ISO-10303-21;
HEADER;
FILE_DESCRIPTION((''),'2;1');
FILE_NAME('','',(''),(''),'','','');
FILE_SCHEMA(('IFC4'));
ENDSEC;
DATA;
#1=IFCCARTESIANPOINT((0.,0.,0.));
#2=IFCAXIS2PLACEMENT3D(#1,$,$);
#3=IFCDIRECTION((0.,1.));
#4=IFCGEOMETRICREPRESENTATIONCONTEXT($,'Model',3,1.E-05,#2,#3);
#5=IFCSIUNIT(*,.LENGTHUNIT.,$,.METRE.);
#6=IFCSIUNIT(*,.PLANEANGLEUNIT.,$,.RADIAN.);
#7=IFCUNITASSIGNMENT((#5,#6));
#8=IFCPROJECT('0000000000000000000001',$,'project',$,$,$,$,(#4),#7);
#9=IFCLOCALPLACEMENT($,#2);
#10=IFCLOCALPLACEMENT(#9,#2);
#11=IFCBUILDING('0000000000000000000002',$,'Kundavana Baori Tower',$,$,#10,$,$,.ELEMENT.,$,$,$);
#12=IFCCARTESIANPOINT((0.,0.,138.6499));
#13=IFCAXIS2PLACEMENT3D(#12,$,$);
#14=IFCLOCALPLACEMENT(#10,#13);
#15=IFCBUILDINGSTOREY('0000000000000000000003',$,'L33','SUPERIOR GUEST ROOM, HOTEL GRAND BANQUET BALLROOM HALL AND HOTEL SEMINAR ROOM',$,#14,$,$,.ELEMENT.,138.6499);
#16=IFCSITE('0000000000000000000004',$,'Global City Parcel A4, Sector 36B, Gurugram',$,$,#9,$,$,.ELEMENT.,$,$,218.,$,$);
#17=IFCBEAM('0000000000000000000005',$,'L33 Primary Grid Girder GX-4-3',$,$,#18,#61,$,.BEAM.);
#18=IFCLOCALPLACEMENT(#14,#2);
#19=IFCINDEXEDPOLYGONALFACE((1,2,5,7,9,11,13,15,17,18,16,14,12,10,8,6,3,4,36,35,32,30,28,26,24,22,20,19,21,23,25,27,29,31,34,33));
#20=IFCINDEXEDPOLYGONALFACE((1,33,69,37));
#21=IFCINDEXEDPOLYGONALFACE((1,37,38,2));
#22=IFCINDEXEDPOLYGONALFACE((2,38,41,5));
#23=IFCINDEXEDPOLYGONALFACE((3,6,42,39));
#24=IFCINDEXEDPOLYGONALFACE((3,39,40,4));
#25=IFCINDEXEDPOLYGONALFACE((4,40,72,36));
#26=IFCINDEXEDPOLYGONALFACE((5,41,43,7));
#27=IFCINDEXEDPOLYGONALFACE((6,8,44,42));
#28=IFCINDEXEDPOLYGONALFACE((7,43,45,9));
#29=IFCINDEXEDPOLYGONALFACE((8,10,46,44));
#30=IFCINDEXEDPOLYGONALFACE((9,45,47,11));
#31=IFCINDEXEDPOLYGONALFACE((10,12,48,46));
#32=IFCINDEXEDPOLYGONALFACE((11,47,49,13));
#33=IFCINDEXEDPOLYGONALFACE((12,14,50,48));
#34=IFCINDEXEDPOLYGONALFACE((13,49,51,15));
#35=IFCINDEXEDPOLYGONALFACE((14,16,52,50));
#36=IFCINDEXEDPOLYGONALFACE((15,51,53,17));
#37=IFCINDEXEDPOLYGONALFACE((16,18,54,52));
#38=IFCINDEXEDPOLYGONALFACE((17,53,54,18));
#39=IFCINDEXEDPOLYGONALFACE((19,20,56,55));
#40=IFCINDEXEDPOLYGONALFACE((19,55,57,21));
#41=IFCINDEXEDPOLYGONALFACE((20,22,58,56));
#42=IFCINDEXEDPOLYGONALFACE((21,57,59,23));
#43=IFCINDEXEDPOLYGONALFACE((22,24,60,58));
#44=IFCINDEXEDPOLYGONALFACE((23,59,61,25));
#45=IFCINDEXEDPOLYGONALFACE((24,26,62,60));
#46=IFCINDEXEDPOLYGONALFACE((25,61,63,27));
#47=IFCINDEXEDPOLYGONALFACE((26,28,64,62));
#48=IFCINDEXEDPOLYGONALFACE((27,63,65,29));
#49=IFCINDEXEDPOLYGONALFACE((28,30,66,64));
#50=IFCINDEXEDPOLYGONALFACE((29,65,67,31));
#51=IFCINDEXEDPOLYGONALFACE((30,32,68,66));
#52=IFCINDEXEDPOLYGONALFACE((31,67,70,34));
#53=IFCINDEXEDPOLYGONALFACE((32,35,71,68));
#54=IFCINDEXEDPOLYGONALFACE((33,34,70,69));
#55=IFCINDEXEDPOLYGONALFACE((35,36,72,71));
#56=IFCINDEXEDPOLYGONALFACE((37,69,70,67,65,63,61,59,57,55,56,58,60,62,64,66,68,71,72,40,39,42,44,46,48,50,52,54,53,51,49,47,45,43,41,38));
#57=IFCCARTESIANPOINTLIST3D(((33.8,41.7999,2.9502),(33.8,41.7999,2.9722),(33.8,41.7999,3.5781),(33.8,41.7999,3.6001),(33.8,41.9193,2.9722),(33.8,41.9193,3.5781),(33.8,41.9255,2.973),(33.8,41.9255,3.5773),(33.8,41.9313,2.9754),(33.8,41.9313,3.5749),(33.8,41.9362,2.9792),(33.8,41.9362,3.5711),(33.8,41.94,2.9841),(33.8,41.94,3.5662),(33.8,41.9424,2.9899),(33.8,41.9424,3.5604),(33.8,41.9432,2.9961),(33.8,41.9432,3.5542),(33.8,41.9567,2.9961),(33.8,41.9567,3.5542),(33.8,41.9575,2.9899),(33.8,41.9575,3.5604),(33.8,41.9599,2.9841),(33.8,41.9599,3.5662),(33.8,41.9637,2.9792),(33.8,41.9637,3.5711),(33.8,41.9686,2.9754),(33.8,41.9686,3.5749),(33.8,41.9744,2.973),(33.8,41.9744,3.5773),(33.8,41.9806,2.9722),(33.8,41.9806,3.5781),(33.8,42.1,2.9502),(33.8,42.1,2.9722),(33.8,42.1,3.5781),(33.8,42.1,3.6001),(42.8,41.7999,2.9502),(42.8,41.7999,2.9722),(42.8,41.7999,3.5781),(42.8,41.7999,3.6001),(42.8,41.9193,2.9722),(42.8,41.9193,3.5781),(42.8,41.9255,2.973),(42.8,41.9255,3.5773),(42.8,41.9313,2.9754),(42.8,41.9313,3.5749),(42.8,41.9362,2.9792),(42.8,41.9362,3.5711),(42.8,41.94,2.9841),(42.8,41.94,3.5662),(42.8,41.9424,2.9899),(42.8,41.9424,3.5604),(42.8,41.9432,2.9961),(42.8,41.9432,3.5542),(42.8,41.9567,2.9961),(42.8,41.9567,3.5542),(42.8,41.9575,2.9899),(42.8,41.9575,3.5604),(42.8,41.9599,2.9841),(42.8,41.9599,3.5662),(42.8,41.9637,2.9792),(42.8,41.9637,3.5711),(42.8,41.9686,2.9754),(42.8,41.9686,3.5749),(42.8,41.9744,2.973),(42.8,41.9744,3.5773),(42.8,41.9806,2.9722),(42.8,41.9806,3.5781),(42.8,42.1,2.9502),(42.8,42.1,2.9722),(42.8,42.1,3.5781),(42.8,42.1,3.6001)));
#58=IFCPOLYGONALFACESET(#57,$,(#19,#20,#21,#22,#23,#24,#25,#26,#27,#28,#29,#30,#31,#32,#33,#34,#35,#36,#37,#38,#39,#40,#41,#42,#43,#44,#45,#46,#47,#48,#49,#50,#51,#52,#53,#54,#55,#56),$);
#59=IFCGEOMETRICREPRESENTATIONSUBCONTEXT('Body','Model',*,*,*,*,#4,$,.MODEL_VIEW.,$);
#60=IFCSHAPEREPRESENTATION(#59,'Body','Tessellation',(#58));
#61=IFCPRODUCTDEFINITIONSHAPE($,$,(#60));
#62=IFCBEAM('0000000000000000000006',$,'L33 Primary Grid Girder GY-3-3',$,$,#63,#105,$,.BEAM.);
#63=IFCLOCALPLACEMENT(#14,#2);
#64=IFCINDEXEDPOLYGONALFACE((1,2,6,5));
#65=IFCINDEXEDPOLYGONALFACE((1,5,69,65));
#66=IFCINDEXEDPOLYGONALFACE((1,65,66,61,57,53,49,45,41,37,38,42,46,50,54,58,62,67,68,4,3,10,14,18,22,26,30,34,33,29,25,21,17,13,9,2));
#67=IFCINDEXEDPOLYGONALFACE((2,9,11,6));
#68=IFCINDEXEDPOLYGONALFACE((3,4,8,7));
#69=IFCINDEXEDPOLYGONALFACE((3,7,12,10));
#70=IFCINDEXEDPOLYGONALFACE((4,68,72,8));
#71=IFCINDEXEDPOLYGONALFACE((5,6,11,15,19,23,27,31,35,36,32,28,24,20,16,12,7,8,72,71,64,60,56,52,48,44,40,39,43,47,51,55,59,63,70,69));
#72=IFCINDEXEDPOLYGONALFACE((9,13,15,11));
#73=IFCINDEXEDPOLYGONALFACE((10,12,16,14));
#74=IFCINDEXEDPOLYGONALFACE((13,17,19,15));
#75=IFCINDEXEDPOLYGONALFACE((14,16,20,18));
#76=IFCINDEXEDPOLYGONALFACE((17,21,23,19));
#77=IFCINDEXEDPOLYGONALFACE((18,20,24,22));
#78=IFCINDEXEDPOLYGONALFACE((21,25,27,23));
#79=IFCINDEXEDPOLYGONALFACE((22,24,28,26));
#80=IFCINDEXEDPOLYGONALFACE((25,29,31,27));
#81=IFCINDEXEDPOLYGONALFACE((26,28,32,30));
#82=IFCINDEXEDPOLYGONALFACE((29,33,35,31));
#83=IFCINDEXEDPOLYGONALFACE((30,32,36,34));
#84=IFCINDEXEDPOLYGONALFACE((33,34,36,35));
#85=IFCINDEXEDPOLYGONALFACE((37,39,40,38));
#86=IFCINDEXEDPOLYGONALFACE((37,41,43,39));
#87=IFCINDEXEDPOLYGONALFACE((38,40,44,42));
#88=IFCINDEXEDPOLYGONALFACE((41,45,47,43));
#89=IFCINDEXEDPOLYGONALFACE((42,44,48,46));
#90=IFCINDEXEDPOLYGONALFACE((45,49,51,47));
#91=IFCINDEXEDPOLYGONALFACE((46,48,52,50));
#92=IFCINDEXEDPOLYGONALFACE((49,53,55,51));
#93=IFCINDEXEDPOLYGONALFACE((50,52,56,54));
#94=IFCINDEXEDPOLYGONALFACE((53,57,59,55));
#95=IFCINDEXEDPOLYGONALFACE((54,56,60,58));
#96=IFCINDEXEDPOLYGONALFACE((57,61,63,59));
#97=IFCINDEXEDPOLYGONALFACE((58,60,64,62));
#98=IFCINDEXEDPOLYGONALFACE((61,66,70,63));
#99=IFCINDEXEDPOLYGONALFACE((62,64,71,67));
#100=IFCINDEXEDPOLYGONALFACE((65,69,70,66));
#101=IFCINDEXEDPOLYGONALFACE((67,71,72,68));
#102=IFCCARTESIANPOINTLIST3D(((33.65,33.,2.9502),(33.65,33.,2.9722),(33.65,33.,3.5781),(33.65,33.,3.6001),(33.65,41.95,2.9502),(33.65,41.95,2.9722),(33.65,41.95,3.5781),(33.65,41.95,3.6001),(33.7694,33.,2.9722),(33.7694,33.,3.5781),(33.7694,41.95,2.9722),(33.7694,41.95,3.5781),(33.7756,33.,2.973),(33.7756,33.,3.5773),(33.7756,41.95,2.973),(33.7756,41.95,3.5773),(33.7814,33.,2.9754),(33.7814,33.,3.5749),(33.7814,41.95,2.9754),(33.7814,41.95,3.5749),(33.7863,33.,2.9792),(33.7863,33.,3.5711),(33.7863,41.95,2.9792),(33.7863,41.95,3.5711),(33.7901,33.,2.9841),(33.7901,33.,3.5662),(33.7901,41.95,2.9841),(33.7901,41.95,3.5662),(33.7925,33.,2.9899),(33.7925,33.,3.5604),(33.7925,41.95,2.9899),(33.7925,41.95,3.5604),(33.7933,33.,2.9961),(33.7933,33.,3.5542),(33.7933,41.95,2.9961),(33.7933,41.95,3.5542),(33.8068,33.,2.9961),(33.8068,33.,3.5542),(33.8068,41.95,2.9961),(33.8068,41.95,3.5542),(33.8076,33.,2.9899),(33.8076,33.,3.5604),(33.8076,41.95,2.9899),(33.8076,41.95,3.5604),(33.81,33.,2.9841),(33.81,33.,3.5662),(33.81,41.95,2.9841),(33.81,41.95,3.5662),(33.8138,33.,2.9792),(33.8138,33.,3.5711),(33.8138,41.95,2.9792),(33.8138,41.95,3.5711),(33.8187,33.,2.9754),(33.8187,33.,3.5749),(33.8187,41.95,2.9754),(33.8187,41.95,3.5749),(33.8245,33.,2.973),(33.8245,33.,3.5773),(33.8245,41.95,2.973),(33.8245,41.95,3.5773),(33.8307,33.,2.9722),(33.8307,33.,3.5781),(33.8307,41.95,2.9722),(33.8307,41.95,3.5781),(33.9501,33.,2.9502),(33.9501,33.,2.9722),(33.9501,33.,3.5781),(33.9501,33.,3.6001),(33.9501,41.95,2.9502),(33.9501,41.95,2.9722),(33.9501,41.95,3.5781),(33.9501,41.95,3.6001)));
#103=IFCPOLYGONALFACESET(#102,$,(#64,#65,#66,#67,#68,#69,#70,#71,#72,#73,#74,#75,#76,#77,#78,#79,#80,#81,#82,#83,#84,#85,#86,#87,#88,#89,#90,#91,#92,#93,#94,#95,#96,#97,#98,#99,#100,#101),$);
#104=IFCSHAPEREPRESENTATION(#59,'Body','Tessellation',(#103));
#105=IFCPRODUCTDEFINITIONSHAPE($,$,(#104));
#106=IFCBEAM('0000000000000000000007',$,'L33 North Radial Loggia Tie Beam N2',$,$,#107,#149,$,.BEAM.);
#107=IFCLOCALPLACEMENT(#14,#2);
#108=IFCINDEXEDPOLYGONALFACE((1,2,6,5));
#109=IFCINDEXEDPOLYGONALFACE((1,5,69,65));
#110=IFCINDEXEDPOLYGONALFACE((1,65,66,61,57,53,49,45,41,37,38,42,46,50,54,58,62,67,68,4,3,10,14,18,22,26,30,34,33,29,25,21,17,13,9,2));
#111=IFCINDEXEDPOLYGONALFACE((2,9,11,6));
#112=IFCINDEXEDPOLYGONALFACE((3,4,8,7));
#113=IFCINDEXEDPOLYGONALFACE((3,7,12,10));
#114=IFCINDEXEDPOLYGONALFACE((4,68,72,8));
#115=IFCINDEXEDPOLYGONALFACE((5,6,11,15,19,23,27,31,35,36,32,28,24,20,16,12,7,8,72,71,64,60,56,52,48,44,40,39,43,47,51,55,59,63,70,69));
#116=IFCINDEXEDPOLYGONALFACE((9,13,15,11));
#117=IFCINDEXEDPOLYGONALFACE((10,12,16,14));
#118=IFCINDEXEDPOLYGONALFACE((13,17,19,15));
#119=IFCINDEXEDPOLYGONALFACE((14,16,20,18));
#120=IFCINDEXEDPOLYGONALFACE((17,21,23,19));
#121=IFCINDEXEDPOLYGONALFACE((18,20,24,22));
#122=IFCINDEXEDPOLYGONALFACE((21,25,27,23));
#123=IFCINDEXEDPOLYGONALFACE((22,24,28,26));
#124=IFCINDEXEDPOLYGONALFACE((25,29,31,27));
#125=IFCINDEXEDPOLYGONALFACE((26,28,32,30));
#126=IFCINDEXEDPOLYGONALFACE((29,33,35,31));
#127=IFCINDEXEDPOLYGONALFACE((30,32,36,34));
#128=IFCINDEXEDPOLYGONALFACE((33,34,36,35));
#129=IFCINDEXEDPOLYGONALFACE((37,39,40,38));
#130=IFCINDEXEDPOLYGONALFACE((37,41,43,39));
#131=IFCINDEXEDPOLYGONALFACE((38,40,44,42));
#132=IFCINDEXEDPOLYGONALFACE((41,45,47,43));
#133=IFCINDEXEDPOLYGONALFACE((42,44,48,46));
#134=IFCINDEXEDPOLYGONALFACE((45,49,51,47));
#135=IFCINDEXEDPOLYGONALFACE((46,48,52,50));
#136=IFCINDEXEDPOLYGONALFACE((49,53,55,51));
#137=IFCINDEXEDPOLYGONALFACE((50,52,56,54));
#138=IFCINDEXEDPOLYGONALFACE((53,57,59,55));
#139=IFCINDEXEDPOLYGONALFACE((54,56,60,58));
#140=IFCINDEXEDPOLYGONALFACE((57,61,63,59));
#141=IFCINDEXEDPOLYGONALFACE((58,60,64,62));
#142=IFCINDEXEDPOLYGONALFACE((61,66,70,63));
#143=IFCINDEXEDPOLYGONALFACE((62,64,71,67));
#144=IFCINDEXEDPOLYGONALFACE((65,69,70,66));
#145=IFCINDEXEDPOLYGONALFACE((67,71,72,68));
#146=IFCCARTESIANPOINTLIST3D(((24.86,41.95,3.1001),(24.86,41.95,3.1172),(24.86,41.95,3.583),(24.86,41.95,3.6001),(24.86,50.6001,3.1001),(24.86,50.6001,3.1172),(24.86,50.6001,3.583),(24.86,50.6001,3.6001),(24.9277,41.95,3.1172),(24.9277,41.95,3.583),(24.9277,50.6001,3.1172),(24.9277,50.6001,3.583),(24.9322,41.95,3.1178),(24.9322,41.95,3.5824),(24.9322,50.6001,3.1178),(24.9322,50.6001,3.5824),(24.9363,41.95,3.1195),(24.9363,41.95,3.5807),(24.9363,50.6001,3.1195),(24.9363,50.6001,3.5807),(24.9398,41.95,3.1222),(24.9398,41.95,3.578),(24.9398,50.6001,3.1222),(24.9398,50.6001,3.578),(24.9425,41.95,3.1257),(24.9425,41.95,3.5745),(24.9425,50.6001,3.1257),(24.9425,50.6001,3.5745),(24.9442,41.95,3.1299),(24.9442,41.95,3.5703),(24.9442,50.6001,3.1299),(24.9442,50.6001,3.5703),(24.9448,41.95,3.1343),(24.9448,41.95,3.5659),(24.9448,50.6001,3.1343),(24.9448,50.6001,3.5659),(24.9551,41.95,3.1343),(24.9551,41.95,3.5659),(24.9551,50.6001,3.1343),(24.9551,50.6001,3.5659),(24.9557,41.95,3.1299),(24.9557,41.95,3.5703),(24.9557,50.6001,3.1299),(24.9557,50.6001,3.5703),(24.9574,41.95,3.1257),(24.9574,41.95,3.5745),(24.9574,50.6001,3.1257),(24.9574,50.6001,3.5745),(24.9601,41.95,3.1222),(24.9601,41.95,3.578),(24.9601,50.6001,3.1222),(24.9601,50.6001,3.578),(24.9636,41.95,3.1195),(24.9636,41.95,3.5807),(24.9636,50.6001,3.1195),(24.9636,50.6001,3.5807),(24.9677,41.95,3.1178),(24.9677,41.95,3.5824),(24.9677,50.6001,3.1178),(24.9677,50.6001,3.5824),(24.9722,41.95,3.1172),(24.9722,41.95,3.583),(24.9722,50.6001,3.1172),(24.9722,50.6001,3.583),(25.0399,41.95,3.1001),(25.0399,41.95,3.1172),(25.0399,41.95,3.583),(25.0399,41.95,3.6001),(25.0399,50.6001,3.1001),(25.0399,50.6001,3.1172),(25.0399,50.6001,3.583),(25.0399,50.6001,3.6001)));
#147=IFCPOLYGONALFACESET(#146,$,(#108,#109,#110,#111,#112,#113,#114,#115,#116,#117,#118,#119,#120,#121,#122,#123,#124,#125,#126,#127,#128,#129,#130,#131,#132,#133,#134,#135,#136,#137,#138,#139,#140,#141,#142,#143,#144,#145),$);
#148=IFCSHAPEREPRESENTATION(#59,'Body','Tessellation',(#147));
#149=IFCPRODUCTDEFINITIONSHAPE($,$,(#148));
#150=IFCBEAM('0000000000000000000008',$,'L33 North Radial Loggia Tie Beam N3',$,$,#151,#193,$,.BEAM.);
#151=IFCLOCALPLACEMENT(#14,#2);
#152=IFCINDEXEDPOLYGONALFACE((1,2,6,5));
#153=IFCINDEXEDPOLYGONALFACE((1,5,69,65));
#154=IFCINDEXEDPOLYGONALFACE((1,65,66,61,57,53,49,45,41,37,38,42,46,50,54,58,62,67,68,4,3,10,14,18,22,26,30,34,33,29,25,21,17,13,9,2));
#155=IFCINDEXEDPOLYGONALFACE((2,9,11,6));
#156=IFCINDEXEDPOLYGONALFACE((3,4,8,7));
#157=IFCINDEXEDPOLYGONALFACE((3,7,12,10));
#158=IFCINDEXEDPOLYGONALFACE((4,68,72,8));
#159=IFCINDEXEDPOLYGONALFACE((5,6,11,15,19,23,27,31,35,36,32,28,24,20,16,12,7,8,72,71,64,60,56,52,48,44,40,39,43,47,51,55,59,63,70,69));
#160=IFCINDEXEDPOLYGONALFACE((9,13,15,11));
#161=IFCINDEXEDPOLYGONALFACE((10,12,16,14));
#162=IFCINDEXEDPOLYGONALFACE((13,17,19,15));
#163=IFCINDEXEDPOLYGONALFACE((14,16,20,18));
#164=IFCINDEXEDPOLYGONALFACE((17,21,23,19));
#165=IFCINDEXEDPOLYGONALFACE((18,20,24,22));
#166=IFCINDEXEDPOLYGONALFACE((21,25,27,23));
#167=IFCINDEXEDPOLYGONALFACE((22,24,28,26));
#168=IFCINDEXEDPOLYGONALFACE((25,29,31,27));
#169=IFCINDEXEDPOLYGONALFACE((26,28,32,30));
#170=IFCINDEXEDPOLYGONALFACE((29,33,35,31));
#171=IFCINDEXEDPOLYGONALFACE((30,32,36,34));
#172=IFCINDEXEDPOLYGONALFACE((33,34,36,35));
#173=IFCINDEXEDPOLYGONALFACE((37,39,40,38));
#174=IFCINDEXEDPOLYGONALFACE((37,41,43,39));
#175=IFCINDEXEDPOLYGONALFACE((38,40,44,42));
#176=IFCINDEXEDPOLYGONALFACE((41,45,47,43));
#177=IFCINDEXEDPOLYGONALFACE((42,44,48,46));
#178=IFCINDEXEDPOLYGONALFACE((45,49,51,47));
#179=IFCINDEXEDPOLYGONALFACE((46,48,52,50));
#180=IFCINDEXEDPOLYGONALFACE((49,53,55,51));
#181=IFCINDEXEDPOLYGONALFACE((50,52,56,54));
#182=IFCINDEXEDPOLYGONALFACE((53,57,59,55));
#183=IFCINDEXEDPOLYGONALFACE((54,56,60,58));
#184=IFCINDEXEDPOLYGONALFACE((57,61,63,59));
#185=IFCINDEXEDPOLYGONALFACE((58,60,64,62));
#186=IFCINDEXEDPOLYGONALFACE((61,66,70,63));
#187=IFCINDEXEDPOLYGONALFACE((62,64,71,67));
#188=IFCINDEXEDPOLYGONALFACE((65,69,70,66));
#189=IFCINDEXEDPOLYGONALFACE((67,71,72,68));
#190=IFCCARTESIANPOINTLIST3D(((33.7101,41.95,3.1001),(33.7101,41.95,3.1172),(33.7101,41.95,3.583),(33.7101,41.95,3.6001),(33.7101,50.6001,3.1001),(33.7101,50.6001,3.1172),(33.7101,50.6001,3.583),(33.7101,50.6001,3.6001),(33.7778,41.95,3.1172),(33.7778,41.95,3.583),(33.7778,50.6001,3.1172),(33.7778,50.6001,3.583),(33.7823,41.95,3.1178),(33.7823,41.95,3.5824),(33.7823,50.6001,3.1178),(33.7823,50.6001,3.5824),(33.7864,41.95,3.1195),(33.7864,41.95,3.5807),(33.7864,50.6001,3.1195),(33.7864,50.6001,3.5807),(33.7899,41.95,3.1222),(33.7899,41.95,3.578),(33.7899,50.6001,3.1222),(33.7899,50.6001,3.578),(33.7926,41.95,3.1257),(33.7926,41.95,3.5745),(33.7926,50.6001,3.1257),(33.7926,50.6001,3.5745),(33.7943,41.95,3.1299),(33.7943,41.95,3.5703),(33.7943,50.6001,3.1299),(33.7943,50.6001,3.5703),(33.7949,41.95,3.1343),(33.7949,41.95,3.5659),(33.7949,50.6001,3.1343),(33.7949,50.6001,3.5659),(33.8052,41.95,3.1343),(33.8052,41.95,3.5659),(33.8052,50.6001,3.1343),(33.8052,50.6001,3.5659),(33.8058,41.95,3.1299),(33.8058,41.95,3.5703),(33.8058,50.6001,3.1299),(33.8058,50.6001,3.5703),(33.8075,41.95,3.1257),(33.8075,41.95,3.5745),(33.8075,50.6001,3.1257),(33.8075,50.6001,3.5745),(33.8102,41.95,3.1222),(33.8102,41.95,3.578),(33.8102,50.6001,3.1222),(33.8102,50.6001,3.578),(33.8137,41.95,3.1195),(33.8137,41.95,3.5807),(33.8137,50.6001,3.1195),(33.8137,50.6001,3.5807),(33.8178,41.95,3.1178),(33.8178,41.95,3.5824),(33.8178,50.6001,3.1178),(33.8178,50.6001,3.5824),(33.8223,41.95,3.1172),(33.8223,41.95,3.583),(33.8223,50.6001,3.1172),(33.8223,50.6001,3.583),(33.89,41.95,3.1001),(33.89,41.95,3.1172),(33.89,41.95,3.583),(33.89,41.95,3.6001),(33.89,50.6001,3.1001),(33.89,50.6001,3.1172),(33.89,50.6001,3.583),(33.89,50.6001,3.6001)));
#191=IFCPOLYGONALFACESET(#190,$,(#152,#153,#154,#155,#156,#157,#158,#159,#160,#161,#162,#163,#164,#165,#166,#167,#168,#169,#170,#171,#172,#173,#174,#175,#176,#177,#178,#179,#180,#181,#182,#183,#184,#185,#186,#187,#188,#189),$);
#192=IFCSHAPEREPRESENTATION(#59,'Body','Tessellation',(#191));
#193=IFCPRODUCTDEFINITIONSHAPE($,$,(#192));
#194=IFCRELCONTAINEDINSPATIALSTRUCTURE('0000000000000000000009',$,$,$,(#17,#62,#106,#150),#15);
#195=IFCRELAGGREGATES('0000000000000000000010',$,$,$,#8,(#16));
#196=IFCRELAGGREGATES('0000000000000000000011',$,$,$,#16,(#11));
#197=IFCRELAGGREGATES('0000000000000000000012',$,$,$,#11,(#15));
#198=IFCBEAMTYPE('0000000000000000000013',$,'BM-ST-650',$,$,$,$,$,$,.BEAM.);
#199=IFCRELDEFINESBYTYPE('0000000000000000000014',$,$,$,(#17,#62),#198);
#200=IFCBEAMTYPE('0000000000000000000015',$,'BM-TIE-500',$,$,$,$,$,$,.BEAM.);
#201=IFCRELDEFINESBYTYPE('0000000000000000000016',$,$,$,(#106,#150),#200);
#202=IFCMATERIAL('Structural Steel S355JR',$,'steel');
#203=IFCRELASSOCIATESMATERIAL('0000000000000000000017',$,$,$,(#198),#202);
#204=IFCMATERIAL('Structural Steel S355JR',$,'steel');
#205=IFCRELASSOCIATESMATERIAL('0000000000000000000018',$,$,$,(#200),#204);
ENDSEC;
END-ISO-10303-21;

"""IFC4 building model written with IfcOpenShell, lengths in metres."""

from ifc_helpers import new_model, si_unit, direction, frame, origin, origin_2d, place, context, subcontext, project, spatial, i_section, extrude, material, material_profile, profile_set, type_object, element, save


model = new_model("IFC4")

# Units and contexts
model_context = context("Model", 3, precision=1e-05, world=origin(), true_north=direction((0.0, 1.0)))
body_context = subcontext(model_context, "Body", "Model", "MODEL_VIEW")
ifc_project = project(units=[si_unit("LENGTHUNIT", "METRE"), si_unit("PLANEANGLEUNIT", "RADIAN")], contexts=[model_context])

# Site, building, storey
site_placement = place(None, origin())
site = spatial("IfcSite", under=ifc_project, at=site_placement, Name="Global City Parcel A4, Sector 36B, Gurugram", CompositionType="ELEMENT", RefElevation=218.0)
building_placement = place(site_placement, origin())
building = spatial("IfcBuilding", under=site, at=building_placement, Name="Kundavana Baori Tower", CompositionType="ELEMENT")
storey_placement = place(building_placement, frame((0.0, 0.0, 138.6499)))
storey = spatial("IfcBuildingStorey", under=building, at=storey_placement, Name="L33", Description="SUPERIOR GUEST ROOM, HOTEL GRAND BANQUET BALLROOM HALL AND HOTEL SEMINAR ROOM", CompositionType="ELEMENT", Elevation=138.6499)

# Beams
ifc_material_1 = material(Name="Structural Steel S355JR", Category="steel")
ifc_material_profile_1 = material_profile(ifc_material_1, i_section(OverallWidth=0.3, OverallDepth=0.6499, WebThickness=0.0134, FlangeThickness=0.022, FilletRadius=0.0239, at=origin_2d()), Name="NPB 650x300x155")
ifc_profile_set_1 = profile_set([ifc_material_profile_1], Name="Structural Steel S355JR")
beam_type_1 = type_object("IfcBeamType", Name="BM-ST-650", PredefinedType="BEAM", material=ifc_profile_set_1)
beam_1_placement = place(storey_placement, frame((33.8, 41.95, 3.2751), z_axis=(1.0, 0.0, 0.0), x_axis=(0.0, 1.0, 0.0)))
element("IfcBeam", 1, at=beam_1_placement, inside=storey, type_object=beam_type_1, Name="L33 Primary Grid Girder GX-4-3", PredefinedType="BEAM", context=body_context, shape_type="SweptSolid", body=[
    extrude(i_section(OverallWidth=0.3, OverallDepth=0.6499, WebThickness=0.0134, FlangeThickness=0.022, FilletRadius=0.0239, at=origin_2d()), origin(), (0.0, 0.0, 1.0), 9.0),
])
beam_2_placement = place(storey_placement, frame((33.8, 33.0, 3.2751), z_axis=(0.0, 1.0, 0.0), x_axis=(-1.0, 0.0, 0.0)))
element("IfcBeam", 2, at=beam_2_placement, inside=storey, type_object=beam_type_1, Name="L33 Primary Grid Girder GY-3-3", PredefinedType="BEAM", context=body_context, shape_type="SweptSolid", body=[
    extrude(i_section(OverallWidth=0.3, OverallDepth=0.6499, WebThickness=0.0134, FlangeThickness=0.022, FilletRadius=0.0239, at=origin_2d()), origin(), (0.0, 0.0, 1.0), 8.95),
])
ifc_material_2 = material(Name="Structural Steel S355JR", Category="steel")
ifc_material_profile_2 = material_profile(ifc_material_2, i_section(OverallWidth=0.1799, OverallDepth=0.5, WebThickness=0.0103, FlangeThickness=0.0171, FilletRadius=0.0171, at=origin_2d()), Name="ISMB 500")
ifc_profile_set_2 = profile_set([ifc_material_profile_2], Name="Structural Steel S355JR")
beam_type_2 = type_object("IfcBeamType", Name="BM-TIE-500", PredefinedType="BEAM", material=ifc_profile_set_2)
for number, where, z_axis, x_axis, name in (
    (3, (24.95, 41.95, 3.3501), (0.0, 1.0, 0.0), (-1.0, 0.0, 0.0), "L33 North Radial Loggia Tie Beam N2"),
    (4, (33.8, 41.95, 3.3501), (0.0, 1.0, 0.0), (-1.0, 0.0, 0.0), "L33 North Radial Loggia Tie Beam N3"),
):
    element("IfcBeam", number, at=place(storey_placement, frame(where, z_axis=z_axis, x_axis=x_axis)), inside=storey, type_object=beam_type_2, Name=name, PredefinedType="BEAM", context=body_context, shape_type="SweptSolid", body=[
        extrude(i_section(OverallWidth=0.1799, OverallDepth=0.5, WebThickness=0.0103, FlangeThickness=0.0171, FilletRadius=0.0171, at=origin_2d()), origin(), (0.0, 0.0, 1.0), 8.6501),
    ])

save(model, "model.ifc")
